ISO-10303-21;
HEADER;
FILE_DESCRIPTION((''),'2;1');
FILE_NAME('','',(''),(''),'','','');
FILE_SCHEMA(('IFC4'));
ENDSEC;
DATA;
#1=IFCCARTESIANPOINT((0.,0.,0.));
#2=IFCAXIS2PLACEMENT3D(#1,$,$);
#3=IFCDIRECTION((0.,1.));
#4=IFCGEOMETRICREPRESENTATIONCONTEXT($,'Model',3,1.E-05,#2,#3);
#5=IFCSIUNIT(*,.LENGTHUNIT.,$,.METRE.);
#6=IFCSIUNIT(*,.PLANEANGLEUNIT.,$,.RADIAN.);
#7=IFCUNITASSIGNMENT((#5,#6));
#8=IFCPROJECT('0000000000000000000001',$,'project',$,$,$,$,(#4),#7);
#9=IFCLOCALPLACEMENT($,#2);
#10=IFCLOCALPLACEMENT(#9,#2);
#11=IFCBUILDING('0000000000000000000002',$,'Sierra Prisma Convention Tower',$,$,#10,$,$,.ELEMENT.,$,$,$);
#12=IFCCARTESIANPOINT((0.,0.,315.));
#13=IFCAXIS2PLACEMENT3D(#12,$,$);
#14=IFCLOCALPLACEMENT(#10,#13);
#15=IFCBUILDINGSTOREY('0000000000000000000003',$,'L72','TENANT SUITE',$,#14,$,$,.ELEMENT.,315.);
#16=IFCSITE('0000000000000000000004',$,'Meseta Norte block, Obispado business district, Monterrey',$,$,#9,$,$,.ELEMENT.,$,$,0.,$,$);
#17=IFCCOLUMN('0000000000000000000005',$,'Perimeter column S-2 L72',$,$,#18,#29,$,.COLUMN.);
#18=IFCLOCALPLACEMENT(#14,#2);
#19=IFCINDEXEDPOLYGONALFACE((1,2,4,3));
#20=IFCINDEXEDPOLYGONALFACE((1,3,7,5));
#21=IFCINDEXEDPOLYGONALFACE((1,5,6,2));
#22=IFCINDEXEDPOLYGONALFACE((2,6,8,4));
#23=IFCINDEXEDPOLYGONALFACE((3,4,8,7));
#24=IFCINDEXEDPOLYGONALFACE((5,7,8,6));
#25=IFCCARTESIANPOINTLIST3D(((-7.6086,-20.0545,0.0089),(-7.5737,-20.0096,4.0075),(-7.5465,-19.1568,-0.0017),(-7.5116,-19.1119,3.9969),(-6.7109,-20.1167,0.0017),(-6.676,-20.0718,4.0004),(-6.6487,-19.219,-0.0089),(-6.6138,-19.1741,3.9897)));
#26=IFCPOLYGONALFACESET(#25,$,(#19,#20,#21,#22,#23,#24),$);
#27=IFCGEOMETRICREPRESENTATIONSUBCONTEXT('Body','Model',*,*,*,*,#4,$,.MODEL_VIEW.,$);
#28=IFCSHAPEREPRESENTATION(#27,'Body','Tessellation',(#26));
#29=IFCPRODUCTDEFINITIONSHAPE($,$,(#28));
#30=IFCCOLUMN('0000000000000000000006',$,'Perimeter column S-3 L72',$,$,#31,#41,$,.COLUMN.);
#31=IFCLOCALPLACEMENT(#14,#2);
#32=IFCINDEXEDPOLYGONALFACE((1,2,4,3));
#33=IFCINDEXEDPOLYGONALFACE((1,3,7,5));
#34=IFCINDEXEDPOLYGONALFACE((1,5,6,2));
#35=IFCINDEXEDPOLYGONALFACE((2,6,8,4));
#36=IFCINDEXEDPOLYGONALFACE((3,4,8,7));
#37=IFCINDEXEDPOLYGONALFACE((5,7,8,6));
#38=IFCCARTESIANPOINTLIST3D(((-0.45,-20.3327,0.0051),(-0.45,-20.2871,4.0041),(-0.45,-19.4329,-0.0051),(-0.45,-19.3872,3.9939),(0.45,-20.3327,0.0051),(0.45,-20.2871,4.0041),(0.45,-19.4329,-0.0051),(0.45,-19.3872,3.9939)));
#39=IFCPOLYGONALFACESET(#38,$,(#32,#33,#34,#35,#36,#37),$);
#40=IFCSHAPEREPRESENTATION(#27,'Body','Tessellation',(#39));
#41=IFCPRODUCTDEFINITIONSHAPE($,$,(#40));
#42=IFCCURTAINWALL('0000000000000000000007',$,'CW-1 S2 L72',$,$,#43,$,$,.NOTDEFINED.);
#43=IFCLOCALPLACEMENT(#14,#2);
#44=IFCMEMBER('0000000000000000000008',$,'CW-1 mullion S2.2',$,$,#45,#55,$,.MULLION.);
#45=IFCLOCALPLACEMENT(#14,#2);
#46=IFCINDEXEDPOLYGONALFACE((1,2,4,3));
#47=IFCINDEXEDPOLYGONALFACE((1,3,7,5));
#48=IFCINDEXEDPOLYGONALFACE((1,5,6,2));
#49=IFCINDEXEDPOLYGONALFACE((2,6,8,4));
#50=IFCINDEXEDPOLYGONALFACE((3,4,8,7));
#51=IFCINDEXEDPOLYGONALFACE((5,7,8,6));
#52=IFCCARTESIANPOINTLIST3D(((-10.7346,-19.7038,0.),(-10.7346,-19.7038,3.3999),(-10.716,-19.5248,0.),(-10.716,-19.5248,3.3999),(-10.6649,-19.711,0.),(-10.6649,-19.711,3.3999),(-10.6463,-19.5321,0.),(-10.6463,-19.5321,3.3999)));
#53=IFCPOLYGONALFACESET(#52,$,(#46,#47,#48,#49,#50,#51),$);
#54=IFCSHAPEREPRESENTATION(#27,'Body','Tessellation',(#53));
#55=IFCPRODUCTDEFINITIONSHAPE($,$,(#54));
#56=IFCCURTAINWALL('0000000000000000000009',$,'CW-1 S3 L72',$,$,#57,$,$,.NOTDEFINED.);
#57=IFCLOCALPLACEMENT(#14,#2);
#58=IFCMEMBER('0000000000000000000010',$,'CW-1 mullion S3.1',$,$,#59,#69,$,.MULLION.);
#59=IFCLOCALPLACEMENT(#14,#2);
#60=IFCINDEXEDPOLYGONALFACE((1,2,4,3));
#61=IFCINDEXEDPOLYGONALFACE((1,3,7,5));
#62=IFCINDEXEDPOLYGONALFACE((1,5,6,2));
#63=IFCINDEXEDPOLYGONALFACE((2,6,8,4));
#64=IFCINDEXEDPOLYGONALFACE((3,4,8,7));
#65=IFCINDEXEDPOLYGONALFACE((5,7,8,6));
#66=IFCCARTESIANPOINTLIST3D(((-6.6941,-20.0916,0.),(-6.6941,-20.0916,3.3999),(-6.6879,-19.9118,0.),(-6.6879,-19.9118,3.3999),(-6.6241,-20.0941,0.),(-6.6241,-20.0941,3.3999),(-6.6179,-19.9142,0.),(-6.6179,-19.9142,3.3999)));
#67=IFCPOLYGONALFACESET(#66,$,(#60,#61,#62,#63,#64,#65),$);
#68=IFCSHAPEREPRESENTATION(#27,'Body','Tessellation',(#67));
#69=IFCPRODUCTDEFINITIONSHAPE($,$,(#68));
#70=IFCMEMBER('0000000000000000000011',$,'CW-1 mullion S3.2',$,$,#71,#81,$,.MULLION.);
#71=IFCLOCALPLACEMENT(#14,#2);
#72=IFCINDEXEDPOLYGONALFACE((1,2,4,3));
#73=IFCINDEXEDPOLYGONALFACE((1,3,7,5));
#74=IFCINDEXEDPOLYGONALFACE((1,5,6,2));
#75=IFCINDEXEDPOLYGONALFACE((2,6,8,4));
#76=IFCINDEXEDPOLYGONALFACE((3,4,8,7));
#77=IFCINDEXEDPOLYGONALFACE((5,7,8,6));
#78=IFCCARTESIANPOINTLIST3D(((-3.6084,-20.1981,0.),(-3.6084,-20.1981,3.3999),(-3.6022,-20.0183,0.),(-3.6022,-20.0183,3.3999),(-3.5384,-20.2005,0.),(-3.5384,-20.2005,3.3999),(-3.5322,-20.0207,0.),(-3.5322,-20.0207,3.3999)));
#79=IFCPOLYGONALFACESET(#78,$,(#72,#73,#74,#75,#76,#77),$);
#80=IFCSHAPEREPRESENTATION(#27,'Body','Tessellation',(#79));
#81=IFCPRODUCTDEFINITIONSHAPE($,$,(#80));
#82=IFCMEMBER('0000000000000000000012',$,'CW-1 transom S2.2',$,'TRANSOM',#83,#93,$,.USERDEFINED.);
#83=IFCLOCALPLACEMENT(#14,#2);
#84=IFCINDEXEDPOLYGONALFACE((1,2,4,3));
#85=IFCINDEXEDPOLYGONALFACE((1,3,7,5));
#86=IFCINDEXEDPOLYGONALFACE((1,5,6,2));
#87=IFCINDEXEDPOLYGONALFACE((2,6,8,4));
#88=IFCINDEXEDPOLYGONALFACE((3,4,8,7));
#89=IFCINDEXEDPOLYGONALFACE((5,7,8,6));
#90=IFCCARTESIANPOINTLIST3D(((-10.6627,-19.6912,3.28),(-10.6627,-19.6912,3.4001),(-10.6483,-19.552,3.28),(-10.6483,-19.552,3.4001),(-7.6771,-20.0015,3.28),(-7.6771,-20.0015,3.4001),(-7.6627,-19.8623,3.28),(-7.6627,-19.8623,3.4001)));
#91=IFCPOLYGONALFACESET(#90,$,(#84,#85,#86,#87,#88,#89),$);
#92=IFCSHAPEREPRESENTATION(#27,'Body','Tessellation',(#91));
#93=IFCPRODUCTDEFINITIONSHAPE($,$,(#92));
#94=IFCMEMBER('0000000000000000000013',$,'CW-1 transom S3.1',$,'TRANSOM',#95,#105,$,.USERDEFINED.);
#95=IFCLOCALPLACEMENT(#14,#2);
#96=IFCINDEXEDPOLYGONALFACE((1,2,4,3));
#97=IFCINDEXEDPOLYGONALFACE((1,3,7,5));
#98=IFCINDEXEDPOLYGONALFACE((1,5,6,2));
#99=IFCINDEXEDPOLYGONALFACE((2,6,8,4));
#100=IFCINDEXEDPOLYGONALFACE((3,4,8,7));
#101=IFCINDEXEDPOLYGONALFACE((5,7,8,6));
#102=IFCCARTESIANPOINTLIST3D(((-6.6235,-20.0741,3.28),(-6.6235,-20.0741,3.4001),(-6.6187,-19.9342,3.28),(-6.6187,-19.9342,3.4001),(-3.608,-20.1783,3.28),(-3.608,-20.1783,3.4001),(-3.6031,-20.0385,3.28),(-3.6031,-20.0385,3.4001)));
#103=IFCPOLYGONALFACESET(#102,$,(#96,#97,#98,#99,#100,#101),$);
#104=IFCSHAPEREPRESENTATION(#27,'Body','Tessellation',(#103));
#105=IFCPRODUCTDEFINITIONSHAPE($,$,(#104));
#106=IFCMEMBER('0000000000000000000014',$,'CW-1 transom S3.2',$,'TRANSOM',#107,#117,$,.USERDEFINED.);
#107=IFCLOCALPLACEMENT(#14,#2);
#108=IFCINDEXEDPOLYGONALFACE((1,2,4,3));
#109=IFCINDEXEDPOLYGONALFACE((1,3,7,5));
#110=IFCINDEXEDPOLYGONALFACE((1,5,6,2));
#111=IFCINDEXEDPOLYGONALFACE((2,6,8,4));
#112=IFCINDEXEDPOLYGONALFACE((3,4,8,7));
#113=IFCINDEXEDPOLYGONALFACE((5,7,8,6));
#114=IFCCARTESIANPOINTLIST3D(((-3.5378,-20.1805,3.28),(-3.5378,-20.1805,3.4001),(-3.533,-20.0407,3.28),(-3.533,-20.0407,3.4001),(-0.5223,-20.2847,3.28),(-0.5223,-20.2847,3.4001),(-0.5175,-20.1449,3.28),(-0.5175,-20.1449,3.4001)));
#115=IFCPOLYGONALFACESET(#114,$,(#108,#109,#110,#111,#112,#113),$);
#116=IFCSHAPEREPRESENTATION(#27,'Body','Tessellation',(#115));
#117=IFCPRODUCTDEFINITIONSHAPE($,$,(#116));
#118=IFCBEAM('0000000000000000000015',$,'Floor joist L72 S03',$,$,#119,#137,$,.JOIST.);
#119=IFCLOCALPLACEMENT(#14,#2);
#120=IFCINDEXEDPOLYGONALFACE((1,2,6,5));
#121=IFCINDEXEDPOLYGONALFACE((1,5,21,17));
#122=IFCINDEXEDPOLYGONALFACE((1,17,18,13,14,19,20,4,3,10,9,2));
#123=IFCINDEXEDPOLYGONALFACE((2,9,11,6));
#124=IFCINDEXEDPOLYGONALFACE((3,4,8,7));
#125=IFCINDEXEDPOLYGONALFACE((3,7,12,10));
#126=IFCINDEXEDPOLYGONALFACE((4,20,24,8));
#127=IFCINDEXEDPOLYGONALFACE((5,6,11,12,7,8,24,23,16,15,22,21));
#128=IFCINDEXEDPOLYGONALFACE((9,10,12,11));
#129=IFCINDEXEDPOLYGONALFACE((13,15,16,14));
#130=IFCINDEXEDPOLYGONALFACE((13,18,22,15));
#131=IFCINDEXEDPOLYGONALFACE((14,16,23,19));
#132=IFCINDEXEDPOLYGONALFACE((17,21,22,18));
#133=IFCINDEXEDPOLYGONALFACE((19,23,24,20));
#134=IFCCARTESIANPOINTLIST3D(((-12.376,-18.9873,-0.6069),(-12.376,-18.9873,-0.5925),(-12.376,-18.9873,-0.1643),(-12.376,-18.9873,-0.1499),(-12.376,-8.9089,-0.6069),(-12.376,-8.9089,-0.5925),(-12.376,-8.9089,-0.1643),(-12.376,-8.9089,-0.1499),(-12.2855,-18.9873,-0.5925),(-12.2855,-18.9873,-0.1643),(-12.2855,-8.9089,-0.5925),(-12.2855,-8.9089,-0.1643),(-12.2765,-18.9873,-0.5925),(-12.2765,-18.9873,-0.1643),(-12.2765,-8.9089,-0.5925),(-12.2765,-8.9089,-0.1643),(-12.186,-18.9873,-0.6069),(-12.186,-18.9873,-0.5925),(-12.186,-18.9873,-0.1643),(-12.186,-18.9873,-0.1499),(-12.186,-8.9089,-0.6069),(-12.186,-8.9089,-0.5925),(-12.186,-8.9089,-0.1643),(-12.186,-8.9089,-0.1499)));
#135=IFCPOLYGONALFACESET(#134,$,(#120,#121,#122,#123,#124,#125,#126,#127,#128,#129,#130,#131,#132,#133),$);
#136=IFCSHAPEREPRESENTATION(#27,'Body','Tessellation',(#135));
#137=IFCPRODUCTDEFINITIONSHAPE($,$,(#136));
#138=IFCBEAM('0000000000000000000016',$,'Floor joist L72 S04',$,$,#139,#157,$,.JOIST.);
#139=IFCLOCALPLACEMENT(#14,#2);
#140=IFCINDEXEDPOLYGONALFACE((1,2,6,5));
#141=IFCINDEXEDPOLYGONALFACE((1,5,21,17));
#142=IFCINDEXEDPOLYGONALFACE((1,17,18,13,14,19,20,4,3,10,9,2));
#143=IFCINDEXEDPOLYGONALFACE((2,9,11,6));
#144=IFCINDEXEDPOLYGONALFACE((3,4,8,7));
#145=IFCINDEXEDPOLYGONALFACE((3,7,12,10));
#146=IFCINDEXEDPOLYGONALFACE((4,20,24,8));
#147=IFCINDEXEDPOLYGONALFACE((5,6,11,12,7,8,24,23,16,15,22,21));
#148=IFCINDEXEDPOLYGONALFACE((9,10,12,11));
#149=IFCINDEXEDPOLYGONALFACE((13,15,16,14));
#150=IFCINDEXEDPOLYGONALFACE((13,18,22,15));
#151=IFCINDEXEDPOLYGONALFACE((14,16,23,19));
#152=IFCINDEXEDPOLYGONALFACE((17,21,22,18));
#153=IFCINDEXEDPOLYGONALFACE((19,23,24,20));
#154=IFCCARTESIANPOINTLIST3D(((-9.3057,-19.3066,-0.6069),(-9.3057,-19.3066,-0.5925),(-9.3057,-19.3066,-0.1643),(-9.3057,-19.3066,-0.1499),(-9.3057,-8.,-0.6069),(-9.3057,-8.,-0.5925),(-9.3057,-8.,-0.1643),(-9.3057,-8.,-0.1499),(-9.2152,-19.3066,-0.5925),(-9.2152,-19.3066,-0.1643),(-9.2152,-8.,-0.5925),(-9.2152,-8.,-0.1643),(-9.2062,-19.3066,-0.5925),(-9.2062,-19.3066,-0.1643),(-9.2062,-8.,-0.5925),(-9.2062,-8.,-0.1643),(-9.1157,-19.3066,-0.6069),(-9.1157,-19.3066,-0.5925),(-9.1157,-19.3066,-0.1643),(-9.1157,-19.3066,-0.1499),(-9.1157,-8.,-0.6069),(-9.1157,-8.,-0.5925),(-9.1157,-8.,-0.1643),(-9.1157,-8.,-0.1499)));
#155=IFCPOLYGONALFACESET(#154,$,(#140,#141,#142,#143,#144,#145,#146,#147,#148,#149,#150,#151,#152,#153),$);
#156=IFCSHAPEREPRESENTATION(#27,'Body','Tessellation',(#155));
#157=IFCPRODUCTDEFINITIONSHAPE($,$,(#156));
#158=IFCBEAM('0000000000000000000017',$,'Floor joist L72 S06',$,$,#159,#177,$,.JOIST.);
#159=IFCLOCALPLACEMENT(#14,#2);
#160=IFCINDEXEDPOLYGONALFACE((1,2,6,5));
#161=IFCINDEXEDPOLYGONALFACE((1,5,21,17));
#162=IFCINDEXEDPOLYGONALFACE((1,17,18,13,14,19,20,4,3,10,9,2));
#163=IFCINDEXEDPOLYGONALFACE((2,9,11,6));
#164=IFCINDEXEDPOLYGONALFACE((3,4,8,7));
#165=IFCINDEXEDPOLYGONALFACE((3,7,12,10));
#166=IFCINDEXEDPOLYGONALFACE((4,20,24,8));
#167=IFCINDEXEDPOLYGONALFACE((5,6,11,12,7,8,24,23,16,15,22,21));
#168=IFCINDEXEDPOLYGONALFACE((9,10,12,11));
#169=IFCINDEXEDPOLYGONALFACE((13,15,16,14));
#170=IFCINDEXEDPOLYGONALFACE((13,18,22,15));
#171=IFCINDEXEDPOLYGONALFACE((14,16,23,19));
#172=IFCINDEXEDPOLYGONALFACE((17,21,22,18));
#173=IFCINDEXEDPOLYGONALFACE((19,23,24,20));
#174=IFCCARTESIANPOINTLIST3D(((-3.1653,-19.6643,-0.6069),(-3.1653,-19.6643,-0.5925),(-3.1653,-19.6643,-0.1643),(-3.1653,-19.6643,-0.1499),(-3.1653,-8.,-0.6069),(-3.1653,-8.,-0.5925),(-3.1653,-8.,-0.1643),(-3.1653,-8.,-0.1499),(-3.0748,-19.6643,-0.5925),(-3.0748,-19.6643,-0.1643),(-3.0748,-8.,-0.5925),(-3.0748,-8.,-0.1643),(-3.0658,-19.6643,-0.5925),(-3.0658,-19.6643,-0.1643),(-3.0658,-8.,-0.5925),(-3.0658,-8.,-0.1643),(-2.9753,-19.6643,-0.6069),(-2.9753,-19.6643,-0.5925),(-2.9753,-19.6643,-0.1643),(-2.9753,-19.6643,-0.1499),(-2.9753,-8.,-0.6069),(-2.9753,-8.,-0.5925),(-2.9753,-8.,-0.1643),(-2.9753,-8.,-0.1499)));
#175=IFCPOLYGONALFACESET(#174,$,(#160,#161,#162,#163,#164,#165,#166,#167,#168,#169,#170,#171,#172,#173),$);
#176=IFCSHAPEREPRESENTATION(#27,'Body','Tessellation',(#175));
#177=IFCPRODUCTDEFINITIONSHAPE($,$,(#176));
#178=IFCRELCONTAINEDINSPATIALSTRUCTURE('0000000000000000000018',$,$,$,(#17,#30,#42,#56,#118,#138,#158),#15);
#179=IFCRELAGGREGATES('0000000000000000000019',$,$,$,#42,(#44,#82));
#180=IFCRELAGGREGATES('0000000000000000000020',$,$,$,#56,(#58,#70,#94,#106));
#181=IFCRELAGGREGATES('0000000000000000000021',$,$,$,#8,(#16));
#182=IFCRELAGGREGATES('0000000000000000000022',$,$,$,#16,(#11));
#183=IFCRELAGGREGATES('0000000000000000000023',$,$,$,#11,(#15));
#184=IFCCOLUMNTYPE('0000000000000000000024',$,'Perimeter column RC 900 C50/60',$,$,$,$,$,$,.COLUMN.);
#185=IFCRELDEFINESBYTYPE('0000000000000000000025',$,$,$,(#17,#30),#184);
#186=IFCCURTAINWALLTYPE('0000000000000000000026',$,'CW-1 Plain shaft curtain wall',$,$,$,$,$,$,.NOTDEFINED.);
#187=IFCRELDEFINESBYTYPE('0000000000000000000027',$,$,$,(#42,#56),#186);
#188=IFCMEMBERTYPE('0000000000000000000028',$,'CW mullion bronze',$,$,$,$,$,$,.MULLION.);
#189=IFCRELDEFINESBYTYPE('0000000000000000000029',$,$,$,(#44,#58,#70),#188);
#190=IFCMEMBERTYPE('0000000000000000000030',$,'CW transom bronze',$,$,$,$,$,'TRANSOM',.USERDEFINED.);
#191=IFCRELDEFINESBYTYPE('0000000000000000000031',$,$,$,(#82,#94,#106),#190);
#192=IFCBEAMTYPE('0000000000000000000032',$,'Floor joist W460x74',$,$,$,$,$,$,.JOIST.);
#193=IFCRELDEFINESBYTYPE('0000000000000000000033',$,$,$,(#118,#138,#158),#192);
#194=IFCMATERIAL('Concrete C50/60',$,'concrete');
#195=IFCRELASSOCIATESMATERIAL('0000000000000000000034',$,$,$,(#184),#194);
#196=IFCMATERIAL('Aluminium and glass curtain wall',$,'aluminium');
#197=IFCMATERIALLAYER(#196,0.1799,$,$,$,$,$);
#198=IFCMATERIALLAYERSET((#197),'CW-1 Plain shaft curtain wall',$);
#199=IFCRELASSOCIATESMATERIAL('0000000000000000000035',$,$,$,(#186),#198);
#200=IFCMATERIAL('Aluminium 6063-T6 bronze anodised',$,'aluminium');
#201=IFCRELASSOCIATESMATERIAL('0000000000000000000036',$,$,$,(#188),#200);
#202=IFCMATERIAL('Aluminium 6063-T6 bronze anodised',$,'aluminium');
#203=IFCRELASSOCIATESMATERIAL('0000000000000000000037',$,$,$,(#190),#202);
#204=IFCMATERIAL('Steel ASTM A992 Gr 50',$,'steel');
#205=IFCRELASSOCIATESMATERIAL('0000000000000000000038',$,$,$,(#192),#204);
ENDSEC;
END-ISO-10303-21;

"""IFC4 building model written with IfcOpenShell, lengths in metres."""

from ifc_helpers import new_model, si_unit, direction, frame, origin, origin_2d, place, context, subcontext, project, spatial, rectangle, i_section, extrude, clip, halfspace, material, layer, layer_set, material_profile, profile_set, type_object, element, aggregate, save


model = new_model("IFC4")

# Units and contexts
model_context = context("Model", 3, precision=1e-05, world=origin(), true_north=direction((0.0, 1.0)))
body_context = subcontext(model_context, "Body", "Model", "MODEL_VIEW")
ifc_project = project(units=[si_unit("LENGTHUNIT", "METRE"), si_unit("PLANEANGLEUNIT", "RADIAN")], contexts=[model_context])

# Site, building, storey
site_placement = place(None, origin())
site = spatial("IfcSite", under=ifc_project, at=site_placement, Name="Meseta Norte block, Obispado business district, Monterrey", CompositionType="ELEMENT", RefElevation=0.0)
building_placement = place(site_placement, origin())
building = spatial("IfcBuilding", under=site, at=building_placement, Name="Sierra Prisma Convention Tower", CompositionType="ELEMENT")
storey_placement = place(building_placement, frame((0.0, 0.0, 315.0)))
storey = spatial("IfcBuildingStorey", under=building, at=storey_placement, Name="L72", Description="TENANT SUITE", CompositionType="ELEMENT", Elevation=315.0)

# Columns
ifc_material_1 = material(Name="Concrete C50/60", Category="concrete")
ifc_material_profile_1 = material_profile(ifc_material_1, rectangle(XDim=0.8999, YDim=0.8999, at=origin_2d()), Name="Perimeter column RC 900 C50/60")
ifc_profile_set_1 = profile_set([ifc_material_profile_1], Name="Concrete C50/60")
column_type = type_object("IfcColumnType", Name="Perimeter column RC 900 C50/60", PredefinedType="COLUMN", material=ifc_profile_set_1)
column_1_placement = place(storey_placement, frame((-7.1287, -19.6367, 0.0), z_axis=(0.008727, 0.011229, 0.999899), x_axis=(-0.997577, 0.069113, 0.007931)))
element("IfcColumn", 1, at=column_1_placement, inside=storey, type_object=column_type, Name="Perimeter column S-2 L72", PredefinedType="COLUMN", context=body_context, shape_type="SweptSolid", body=[
    clip(extrude(rectangle(XDim=0.8999, YDim=0.8999, at=origin_2d()), origin(), (0.0, 0.0, 1.0), 4.0005), halfspace(frame((0.0, 0.0, 3.999)), False)),
])
column_2_placement = place(storey_placement, frame((0.0, -19.8828, 0.0), z_axis=(0.0, 0.011413, 0.999935), x_axis=(1.0, 0.0, 0.0)))
element("IfcColumn", 2, at=column_2_placement, inside=storey, type_object=column_type, Name="Perimeter column S-3 L72", PredefinedType="COLUMN", context=body_context, shape_type="SweptSolid", body=[
    clip(extrude(rectangle(XDim=0.8999, YDim=0.8999, at=origin_2d()), origin(), (0.0, 0.0, 1.0), 4.0002), halfspace(frame((0.0, 0.0, 3.9993)), False)),
])

# Curtain wall, member
ifc_material_2 = material(Name="Aluminium and glass curtain wall", Category="aluminium")
ifc_layer_1 = layer(ifc_material_2, 0.1799)
ifc_layer_set_1 = layer_set([ifc_layer_1], Name="CW-1 Plain shaft curtain wall")
curtain_wall_type = type_object("IfcCurtainWallType", Name="CW-1 Plain shaft curtain wall", PredefinedType="NOTDEFINED", material=ifc_layer_set_1)
curtain_wall_1_placement = place(storey_placement, origin())
curtain_wall_1 = element("IfcCurtainWall", 3, at=curtain_wall_1_placement, inside=storey, type_object=curtain_wall_type, Name="CW-1 S2 L72", PredefinedType="NOTDEFINED")
ifc_material_3 = material(Name="Aluminium 6063-T6 bronze anodised", Category="aluminium")
ifc_material_profile_2 = material_profile(ifc_material_3, rectangle(XDim=0.1799, YDim=0.0701, at=origin_2d()), Name="ALU MULLION 70x180")
ifc_profile_set_2 = profile_set([ifc_material_profile_2], Name="Aluminium 6063-T6 bronze anodised")
member_type_1 = type_object("IfcMemberType", Name="CW mullion bronze", PredefinedType="MULLION", material=ifc_profile_set_2)
member_1_placement = place(storey_placement, frame((-10.6904, -19.6179, 0.0), z_axis=(0.0, 0.0, 1.0), x_axis=(0.103428, 0.994637, 0.0)))
member_1 = element("IfcMember", 4, at=member_1_placement, type_object=member_type_1, Name="CW-1 mullion S2.2", PredefinedType="MULLION", context=body_context, shape_type="SweptSolid", body=[
    extrude(rectangle(XDim=0.1799, YDim=0.0701, at=origin_2d()), origin(), (0.0, 0.0, 1.0), 3.3999),
])

# Curtain wall, members
curtain_wall_2_placement = place(storey_placement, origin())
curtain_wall_2 = element("IfcCurtainWall", 5, at=curtain_wall_2_placement, inside=storey, type_object=curtain_wall_type, Name="CW-1 S3 L72", PredefinedType="NOTDEFINED")
member_2_placement = place(storey_placement, frame((-6.656, -20.0029, 0.0), z_axis=(0.0, 0.0, 1.0), x_axis=(0.034531, 0.999404, 0.0)))
member_2 = element("IfcMember", 6, at=member_2_placement, type_object=member_type_1, Name="CW-1 mullion S3.1", PredefinedType="MULLION", context=body_context, shape_type="SweptSolid", body=[
    extrude(rectangle(XDim=0.1799, YDim=0.0701, at=origin_2d()), origin(), (0.0, 0.0, 1.0), 3.3999),
])
member_3_placement = place(storey_placement, frame((-3.5703, -20.1094, 0.0), z_axis=(0.0, 0.0, 1.0), x_axis=(0.034531, 0.999404, 0.0)))
member_3 = element("IfcMember", 7, at=member_3_placement, type_object=member_type_1, Name="CW-1 mullion S3.2", PredefinedType="MULLION", context=body_context, shape_type="SweptSolid", body=[
    extrude(rectangle(XDim=0.1799, YDim=0.0701, at=origin_2d()), origin(), (0.0, 0.0, 1.0), 3.3999),
])

# Members
ifc_material_4 = material(Name="Aluminium 6063-T6 bronze anodised", Category="aluminium")
ifc_material_profile_3 = material_profile(ifc_material_4, rectangle(XDim=0.1399, YDim=0.1201, at=origin_2d()), Name="ALU TRANSOM 120x140")
ifc_profile_set_3 = profile_set([ifc_material_profile_3], Name="Aluminium 6063-T6 bronze anodised")
member_type_2 = type_object("IfcMemberType", Name="CW transom bronze", ElementType="TRANSOM", PredefinedType="USERDEFINED", material=ifc_profile_set_3)
member_4_placement = place(storey_placement, frame((-10.6555, -19.6216, 3.3401), z_axis=(0.994642, -0.103376, 0.0), x_axis=(0.103376, 0.994642, 0.0)))
member_4 = element("IfcMember", 8, at=member_4_placement, type_object=member_type_2, Name="CW-1 transom S2.2", ObjectType="TRANSOM", PredefinedType="USERDEFINED", context=body_context, shape_type="SweptSolid", body=[
    extrude(rectangle(XDim=0.1399, YDim=0.1201, at=origin_2d()), origin(), (0.0, 0.0, 1.0), 3.0017),
])
member_5_placement = place(storey_placement, frame((-6.6211, -20.0042, 3.3401), z_axis=(0.999403, -0.034549, 0.0), x_axis=(0.034549, 0.999403, 0.0)))
member_5 = element("IfcMember", 9, at=member_5_placement, type_object=member_type_2, Name="CW-1 transom S3.1", ObjectType="TRANSOM", PredefinedType="USERDEFINED", context=body_context, shape_type="SweptSolid", body=[
    extrude(rectangle(XDim=0.1399, YDim=0.1201, at=origin_2d()), origin(), (0.0, 0.0, 1.0), 3.0173),
])
member_6_placement = place(storey_placement, frame((-3.5354, -20.1106, 3.3401), z_axis=(0.999403, -0.034549, 0.0), x_axis=(0.034549, 0.999403, 0.0)))
member_6 = element("IfcMember", 10, at=member_6_placement, type_object=member_type_2, Name="CW-1 transom S3.2", ObjectType="TRANSOM", PredefinedType="USERDEFINED", context=body_context, shape_type="SweptSolid", body=[
    extrude(rectangle(XDim=0.1399, YDim=0.1201, at=origin_2d()), origin(), (0.0, 0.0, 1.0), 3.0173),
])

# Beams
ifc_material_5 = material(Name="Steel ASTM A992 Gr 50", Category="steel")
ifc_material_profile_4 = material_profile(ifc_material_5, i_section(OverallWidth=0.1899, OverallDepth=0.457, WebThickness=0.009, FlangeThickness=0.0144, at=origin_2d()), Name="W460x74")
ifc_profile_set_4 = profile_set([ifc_material_profile_4], Name="Steel ASTM A992 Gr 50")
beam_type_1 = type_object("IfcBeamType", Name="Floor joist W460x74", PredefinedType="JOIST", material=ifc_profile_set_4)
beam_1_placement = place(storey_placement, frame((-12.281, -18.9873, -0.3784), z_axis=(0.0, 1.0, 0.0), x_axis=(-1.0, 0.0, 0.0)))
element("IfcBeam", 11, at=beam_1_placement, inside=storey, type_object=beam_type_1, Name="Floor joist L72 S03", PredefinedType="JOIST", context=body_context, shape_type="SweptSolid", body=[
    extrude(i_section(OverallWidth=0.1899, OverallDepth=0.457, WebThickness=0.009, FlangeThickness=0.0144, at=origin_2d()), origin(), (0.0, 0.0, 1.0), 10.0784),
])
beam_2_placement = place(storey_placement, frame((-9.2107, -19.3066, -0.3784), z_axis=(0.0, 1.0, 0.0), x_axis=(-1.0, 0.0, 0.0)))
element("IfcBeam", 12, at=beam_2_placement, inside=storey, type_object=beam_type_1, Name="Floor joist L72 S04", PredefinedType="JOIST", context=body_context, shape_type="SweptSolid", body=[
    extrude(i_section(OverallWidth=0.1899, OverallDepth=0.457, WebThickness=0.009, FlangeThickness=0.0144, at=origin_2d()), origin(), (0.0, 0.0, 1.0), 11.3066),
])
beam_3_placement = place(storey_placement, frame((-3.0703, -19.6643, -0.3784), z_axis=(0.0, 1.0, 0.0), x_axis=(-1.0, 0.0, 0.0)))
element("IfcBeam", 13, at=beam_3_placement, inside=storey, type_object=beam_type_1, Name="Floor joist L72 S06", PredefinedType="JOIST", context=body_context, shape_type="SweptSolid", body=[
    extrude(i_section(OverallWidth=0.1899, OverallDepth=0.457, WebThickness=0.009, FlangeThickness=0.0144, at=origin_2d()), origin(), (0.0, 0.0, 1.0), 11.6643),
])

aggregate(curtain_wall_1, [member_1, member_4])
aggregate(curtain_wall_2, [member_2, member_3, member_5, member_6])

save(model, "model.ifc")
